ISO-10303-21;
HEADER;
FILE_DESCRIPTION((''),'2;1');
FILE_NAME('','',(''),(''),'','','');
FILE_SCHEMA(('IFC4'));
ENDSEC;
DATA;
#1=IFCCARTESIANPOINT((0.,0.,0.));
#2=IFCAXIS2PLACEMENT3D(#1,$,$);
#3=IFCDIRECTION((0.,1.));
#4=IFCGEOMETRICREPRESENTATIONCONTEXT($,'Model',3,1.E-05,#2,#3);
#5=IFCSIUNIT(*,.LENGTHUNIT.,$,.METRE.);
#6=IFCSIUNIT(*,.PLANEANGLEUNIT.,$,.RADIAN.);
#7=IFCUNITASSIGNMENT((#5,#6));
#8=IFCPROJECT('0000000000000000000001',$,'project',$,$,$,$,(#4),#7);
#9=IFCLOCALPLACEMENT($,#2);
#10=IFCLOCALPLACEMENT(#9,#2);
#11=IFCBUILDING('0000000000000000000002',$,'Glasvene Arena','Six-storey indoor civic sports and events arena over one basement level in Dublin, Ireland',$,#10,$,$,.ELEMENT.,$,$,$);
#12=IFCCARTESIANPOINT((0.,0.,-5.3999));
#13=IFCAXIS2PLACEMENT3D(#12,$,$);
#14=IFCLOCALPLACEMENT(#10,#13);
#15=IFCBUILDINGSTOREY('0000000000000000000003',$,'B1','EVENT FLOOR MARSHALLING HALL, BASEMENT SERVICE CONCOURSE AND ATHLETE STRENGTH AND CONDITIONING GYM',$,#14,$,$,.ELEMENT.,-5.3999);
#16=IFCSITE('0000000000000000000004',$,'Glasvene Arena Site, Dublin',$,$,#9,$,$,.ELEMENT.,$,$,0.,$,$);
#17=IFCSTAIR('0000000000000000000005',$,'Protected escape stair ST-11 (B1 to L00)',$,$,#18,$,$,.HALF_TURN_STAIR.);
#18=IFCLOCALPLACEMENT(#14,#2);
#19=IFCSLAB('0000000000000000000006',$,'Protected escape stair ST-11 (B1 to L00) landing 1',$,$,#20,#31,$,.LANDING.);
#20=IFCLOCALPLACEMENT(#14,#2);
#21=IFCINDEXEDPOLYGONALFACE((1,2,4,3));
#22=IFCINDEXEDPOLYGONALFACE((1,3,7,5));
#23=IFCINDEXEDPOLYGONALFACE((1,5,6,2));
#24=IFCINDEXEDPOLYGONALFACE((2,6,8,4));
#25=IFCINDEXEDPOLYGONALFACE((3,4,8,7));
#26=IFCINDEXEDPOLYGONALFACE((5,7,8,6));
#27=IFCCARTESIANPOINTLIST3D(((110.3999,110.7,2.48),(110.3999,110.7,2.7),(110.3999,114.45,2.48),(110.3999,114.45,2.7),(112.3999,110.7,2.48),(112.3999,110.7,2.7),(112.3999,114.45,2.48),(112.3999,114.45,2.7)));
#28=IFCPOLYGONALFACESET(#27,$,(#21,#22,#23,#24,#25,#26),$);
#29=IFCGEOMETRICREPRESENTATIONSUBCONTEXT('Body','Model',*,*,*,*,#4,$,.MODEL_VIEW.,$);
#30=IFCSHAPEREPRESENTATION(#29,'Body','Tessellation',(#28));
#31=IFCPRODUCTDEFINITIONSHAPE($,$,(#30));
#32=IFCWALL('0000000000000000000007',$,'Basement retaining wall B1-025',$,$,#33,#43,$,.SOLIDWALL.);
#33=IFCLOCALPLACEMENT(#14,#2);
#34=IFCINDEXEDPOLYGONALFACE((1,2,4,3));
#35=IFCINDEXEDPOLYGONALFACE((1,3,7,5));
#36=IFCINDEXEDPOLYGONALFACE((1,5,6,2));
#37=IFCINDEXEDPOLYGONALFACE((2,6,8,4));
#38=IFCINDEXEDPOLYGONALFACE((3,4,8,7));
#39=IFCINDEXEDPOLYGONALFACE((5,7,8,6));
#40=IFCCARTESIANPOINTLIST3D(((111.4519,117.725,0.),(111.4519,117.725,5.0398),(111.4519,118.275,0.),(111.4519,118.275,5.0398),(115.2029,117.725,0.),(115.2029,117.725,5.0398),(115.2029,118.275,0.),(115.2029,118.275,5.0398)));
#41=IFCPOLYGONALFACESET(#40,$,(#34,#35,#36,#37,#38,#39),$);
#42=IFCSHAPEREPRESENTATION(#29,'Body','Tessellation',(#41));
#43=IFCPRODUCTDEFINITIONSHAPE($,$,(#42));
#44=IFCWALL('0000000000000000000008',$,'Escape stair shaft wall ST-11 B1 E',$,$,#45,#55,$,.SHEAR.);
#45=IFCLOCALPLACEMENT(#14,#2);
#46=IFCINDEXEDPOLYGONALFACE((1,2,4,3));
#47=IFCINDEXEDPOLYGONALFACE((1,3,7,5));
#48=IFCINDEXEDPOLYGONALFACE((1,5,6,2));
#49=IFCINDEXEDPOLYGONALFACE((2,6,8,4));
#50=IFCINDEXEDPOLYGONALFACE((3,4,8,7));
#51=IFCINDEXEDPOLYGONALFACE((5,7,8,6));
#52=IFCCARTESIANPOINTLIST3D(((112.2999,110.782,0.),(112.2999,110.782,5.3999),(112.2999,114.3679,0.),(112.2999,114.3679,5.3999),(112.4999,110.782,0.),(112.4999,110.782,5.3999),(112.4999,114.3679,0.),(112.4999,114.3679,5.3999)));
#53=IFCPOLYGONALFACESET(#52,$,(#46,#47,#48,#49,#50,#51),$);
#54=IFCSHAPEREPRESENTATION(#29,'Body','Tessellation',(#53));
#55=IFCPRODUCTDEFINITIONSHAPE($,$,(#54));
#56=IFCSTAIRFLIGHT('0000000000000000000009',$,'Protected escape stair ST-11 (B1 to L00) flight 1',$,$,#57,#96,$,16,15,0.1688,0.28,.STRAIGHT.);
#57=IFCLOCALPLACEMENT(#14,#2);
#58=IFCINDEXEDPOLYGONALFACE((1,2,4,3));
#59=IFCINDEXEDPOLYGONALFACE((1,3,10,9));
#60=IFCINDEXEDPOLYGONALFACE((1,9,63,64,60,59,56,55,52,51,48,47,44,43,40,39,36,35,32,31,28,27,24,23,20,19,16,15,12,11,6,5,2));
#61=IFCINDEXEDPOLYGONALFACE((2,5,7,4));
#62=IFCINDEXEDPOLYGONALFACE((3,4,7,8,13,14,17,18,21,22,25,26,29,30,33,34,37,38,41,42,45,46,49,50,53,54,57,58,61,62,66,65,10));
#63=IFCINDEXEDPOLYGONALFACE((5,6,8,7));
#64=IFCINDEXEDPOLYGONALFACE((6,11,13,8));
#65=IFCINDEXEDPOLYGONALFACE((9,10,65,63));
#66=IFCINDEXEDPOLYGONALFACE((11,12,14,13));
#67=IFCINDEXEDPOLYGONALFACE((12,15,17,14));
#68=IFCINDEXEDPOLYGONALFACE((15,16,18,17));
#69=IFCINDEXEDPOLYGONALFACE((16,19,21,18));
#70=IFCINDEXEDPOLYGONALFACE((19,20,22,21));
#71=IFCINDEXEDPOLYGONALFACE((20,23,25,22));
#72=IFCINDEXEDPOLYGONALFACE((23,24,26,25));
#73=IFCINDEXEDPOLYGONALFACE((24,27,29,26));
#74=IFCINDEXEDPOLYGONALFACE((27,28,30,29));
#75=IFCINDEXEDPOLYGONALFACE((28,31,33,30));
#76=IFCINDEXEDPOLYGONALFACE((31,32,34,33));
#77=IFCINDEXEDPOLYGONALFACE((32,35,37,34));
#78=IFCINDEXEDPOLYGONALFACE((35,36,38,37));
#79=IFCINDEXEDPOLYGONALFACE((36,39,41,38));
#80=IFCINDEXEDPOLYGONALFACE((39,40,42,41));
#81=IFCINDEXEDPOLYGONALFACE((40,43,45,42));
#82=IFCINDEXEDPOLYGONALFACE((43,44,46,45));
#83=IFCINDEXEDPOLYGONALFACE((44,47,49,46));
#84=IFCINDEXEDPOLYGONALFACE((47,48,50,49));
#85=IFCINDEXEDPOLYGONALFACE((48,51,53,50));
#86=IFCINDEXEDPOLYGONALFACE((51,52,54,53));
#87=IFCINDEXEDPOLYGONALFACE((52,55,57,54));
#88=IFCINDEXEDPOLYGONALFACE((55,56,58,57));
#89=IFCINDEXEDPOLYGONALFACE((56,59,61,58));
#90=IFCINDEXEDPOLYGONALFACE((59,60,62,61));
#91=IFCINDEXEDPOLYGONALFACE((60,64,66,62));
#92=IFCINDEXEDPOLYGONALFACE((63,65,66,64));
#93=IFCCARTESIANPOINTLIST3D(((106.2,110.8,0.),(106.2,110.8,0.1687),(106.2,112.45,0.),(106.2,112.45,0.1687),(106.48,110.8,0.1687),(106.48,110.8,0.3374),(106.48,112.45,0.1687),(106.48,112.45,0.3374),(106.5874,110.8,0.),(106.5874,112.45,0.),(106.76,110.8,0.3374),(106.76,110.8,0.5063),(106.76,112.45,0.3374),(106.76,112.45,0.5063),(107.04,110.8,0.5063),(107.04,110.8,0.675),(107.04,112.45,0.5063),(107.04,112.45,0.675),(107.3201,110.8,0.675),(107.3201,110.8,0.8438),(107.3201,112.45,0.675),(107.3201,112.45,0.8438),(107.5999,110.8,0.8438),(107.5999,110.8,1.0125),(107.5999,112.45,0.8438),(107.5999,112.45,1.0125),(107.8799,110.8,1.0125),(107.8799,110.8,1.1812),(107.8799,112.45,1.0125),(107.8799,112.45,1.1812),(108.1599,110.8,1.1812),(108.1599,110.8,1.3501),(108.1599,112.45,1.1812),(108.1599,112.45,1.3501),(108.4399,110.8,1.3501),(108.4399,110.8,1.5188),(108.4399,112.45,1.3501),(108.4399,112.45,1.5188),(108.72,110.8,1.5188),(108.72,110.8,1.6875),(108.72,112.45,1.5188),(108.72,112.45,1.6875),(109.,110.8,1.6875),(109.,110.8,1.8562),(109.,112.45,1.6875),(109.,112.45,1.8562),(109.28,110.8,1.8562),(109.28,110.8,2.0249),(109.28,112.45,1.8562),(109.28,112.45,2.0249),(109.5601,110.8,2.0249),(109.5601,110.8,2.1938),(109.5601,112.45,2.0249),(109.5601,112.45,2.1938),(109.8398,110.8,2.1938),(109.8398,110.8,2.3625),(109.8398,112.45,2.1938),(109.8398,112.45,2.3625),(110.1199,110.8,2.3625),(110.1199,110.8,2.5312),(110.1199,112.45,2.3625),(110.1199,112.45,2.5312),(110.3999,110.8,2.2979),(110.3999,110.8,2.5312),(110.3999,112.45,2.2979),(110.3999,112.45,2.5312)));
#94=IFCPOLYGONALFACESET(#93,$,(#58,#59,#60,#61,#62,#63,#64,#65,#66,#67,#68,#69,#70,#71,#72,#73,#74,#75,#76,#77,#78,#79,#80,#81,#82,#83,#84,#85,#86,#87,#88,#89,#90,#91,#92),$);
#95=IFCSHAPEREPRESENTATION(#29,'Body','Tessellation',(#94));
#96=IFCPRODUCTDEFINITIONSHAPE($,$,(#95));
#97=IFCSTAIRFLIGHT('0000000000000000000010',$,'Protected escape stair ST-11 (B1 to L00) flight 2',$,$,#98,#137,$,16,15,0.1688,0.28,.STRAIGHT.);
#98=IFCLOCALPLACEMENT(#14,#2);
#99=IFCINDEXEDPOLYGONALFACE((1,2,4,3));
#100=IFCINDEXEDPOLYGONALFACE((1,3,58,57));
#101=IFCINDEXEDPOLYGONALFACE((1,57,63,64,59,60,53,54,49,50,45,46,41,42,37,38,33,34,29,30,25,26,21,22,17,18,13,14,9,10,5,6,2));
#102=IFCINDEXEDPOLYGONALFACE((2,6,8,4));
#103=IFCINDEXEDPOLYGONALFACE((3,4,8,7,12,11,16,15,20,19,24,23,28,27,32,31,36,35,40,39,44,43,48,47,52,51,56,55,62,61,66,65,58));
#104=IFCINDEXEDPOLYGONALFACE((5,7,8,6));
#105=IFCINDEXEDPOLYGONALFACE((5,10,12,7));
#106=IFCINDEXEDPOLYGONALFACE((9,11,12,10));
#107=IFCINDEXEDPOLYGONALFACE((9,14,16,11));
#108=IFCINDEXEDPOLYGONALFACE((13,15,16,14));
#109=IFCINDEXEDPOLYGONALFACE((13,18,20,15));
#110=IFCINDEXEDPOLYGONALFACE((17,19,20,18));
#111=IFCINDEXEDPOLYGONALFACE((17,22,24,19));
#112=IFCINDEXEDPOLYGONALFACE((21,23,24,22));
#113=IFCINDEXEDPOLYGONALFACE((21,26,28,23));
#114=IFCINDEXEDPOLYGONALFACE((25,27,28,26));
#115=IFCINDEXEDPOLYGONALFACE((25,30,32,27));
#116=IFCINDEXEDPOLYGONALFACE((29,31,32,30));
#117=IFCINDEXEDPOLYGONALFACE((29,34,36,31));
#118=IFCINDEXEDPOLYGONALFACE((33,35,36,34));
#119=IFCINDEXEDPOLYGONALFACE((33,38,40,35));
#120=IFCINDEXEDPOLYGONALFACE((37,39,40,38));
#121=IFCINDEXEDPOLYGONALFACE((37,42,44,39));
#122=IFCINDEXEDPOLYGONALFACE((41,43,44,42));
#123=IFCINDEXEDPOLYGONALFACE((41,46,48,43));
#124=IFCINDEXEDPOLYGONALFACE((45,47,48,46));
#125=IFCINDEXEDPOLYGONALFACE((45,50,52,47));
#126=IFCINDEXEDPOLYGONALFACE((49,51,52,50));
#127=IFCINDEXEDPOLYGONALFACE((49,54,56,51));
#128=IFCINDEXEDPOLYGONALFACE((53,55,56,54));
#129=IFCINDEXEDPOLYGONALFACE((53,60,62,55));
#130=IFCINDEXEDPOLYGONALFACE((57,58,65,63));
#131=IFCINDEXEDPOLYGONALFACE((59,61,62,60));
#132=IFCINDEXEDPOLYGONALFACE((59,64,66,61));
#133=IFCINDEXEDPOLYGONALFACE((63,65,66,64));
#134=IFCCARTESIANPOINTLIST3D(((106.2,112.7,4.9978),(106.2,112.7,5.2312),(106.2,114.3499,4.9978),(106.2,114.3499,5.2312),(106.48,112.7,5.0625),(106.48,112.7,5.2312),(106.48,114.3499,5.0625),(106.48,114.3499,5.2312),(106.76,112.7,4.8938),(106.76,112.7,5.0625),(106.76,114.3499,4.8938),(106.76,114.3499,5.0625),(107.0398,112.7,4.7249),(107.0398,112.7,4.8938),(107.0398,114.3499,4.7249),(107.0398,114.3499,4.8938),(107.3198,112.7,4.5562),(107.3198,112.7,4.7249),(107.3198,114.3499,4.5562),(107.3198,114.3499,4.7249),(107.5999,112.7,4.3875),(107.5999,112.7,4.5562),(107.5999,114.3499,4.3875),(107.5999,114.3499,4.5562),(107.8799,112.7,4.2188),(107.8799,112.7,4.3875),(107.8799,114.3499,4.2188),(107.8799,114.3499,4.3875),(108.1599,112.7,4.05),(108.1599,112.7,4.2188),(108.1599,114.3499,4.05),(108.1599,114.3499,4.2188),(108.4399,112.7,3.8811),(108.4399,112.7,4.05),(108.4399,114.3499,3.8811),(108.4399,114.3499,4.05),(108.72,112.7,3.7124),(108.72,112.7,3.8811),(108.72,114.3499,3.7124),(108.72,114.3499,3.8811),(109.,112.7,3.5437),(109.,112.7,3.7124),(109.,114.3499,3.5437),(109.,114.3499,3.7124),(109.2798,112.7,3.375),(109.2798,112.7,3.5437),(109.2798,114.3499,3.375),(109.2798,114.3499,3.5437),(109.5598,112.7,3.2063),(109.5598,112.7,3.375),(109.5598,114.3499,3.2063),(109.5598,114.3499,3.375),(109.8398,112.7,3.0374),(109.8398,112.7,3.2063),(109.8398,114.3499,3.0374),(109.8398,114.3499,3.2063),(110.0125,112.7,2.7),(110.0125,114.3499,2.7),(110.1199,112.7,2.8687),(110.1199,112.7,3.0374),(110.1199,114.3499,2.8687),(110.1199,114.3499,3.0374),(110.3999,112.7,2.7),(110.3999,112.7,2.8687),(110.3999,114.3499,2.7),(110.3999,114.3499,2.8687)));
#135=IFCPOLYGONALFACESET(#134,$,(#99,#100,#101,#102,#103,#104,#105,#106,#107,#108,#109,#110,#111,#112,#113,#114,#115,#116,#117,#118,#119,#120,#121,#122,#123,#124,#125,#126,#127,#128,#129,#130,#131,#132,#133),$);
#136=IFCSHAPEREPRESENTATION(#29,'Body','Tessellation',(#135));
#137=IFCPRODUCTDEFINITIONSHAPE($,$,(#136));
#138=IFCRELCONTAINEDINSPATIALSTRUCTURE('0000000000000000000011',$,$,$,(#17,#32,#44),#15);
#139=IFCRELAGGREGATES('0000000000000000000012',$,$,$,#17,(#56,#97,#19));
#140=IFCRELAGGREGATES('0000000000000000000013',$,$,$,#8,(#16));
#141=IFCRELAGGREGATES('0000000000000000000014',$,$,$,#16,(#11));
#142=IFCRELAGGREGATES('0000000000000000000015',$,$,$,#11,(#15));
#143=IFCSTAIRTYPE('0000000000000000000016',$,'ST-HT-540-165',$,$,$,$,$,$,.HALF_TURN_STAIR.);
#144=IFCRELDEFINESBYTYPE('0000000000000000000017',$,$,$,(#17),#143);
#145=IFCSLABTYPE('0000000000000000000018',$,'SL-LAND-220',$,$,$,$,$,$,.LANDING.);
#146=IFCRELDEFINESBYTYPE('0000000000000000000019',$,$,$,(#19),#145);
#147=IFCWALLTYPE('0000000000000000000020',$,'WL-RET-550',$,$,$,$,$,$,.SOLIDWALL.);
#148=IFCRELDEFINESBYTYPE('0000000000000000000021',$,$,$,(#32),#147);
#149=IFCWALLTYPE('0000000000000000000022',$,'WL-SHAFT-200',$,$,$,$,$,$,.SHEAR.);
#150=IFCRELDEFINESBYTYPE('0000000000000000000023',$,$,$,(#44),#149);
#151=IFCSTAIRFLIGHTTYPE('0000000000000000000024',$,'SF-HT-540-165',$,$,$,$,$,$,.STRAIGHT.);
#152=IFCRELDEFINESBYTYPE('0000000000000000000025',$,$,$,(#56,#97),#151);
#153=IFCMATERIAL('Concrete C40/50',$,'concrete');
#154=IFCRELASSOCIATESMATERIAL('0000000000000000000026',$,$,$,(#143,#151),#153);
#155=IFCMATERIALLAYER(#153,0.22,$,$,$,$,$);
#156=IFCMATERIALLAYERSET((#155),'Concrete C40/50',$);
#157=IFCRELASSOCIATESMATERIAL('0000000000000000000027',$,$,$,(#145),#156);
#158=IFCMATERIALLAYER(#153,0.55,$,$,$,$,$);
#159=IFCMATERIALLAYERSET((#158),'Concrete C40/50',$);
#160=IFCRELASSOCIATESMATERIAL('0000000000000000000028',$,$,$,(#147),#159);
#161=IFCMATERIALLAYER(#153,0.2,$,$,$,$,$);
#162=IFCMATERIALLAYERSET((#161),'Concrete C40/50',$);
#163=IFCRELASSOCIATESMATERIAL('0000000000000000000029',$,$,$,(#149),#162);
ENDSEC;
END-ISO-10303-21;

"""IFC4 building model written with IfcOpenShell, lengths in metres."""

from ifc_helpers import new_model, si_unit, direction, frame, frame_2d, origin, place, context, subcontext, project, spatial, polyline, rectangle, outline, extrude, material, layer, layer_set, type_object, element, aggregate, save


model = new_model("IFC4")

# Units and contexts
model_context = context("Model", 3, precision=1e-05, world=origin(), true_north=direction((0.0, 1.0)))
body_context = subcontext(model_context, "Body", "Model", "MODEL_VIEW")
ifc_project = project(units=[si_unit("LENGTHUNIT", "METRE"), si_unit("PLANEANGLEUNIT", "RADIAN")], contexts=[model_context])

# Site, building, storey
site_placement = place(None, origin())
site = spatial("IfcSite", under=ifc_project, at=site_placement, Name="Glasvene Arena Site, Dublin", CompositionType="ELEMENT", RefElevation=0.0)
building_placement = place(site_placement, origin())
building = spatial("IfcBuilding", under=site, at=building_placement, Name="Glasvene Arena", Description="Six-storey indoor civic sports and events arena over one basement level in Dublin, Ireland", CompositionType="ELEMENT")
storey_placement = place(building_placement, frame((0.0, 0.0, -5.3999)))
storey = spatial("IfcBuildingStorey", under=building, at=storey_placement, Name="B1", Description="EVENT FLOOR MARSHALLING HALL, BASEMENT SERVICE CONCOURSE AND ATHLETE STRENGTH AND CONDITIONING GYM", CompositionType="ELEMENT", Elevation=-5.3999)

# Shared definitions
ifc_material_1 = material(Name="Concrete C40/50", Category="concrete")

# Stair, slab
stair_type = type_object("IfcStairType", Name="ST-HT-540-165", PredefinedType="HALF_TURN_STAIR", material=ifc_material_1)
stair_placement = place(storey_placement, origin())
stair = element("IfcStair", 1, at=stair_placement, inside=storey, type_object=stair_type, Name="Protected escape stair ST-11 (B1 to L00)", PredefinedType="HALF_TURN_STAIR")
ifc_layer_1 = layer(ifc_material_1, 0.22)
ifc_layer_set_1 = layer_set([ifc_layer_1], Name="Concrete C40/50")
slab_type = type_object("IfcSlabType", Name="SL-LAND-220", PredefinedType="LANDING", material=ifc_layer_set_1)
slab_placement = place(storey_placement, frame((111.3999, 112.575, 2.48)))
slab = element("IfcSlab", 2, at=slab_placement, type_object=slab_type, Name="Protected escape stair ST-11 (B1 to L00) landing 1", PredefinedType="LANDING", context=body_context, shape_type="SweptSolid", body=[
    extrude(outline(polyline([(-1.0, -1.875), (1.0, -1.875), (1.0, 1.875), (-1.0, 1.875), (-1.0, -1.875)])), origin(), (0.0, 0.0, 1.0), 0.22),
])

# Walls
ifc_layer_2 = layer(ifc_material_1, 0.55)
ifc_layer_set_2 = layer_set([ifc_layer_2], Name="Concrete C40/50")
wall_type_1 = type_object("IfcWallType", Name="WL-RET-550", PredefinedType="SOLIDWALL", material=ifc_layer_set_2)
wall_1_placement = place(storey_placement, frame((111.4519, 118.0, 0.0), z_axis=(0.0, 0.0, 1.0), x_axis=(1.0, 0.0, 0.0)))
element("IfcWall", 3, at=wall_1_placement, inside=storey, type_object=wall_type_1, Name="Basement retaining wall B1-025", PredefinedType="SOLIDWALL", context=body_context, shape_type="SweptSolid", body=[
    extrude(rectangle(XDim=3.751, YDim=0.55, at=frame_2d((1.8755, 0.0))), origin(), (0.0, 0.0, 1.0), 5.0398),
])
ifc_layer_3 = layer(ifc_material_1, 0.2)
ifc_layer_set_3 = layer_set([ifc_layer_3], Name="Concrete C40/50")
wall_type_2 = type_object("IfcWallType", Name="WL-SHAFT-200", PredefinedType="SHEAR", material=ifc_layer_set_3)
wall_2_placement = place(storey_placement, frame((112.3999, 110.782, 0.0), z_axis=(0.0, 0.0, 1.0), x_axis=(0.0, 1.0, 0.0)))
element("IfcWall", 4, at=wall_2_placement, inside=storey, type_object=wall_type_2, Name="Escape stair shaft wall ST-11 B1 E", PredefinedType="SHEAR", context=body_context, shape_type="SweptSolid", body=[
    extrude(rectangle(XDim=3.5859, YDim=0.2, at=frame_2d((1.793, 0.0))), origin(), (0.0, 0.0, 1.0), 5.3999),
])

# Stair flights
stair_flight_type = type_object("IfcStairFlightType", Name="SF-HT-540-165", PredefinedType="STRAIGHT", material=ifc_material_1)
stair_flight_1_placement = place(storey_placement, frame((106.2, 111.625, 0.0), z_axis=(0.0, 0.0, 1.0), x_axis=(1.0, 0.0, 0.0)))
stair_flight_1 = element("IfcStairFlight", 5, at=stair_flight_1_placement, type_object=stair_flight_type, Name="Protected escape stair ST-11 (B1 to L00) flight 1", NumberOfRisers=16, NumberOfTreads=15, PredefinedType="STRAIGHT", RiserHeight=0.1688, TreadLength=0.28, context=body_context, shape_type="SweptSolid", body=[
    extrude(outline(polyline([(0.0, 0.0), (0.0, 0.1687), (0.28, 0.1687), (0.28, 0.3374), (0.5601, 0.3374), (0.5601, 0.5063), (0.8401, 0.5063), (0.8401, 0.675), (1.1201, 0.675), (1.1201, 0.8438), (1.3999, 0.8438), (1.3999, 1.0125), (1.6799, 1.0125), (1.6799, 1.1812), (1.96, 1.1812), (1.96, 1.3501), (2.24, 1.3501), (2.24, 1.5188), (2.52, 1.5188), (2.52, 1.6875), (2.8, 1.6875), (2.8, 1.8562), (3.0801, 1.8562), (3.0801, 2.0249), (3.3601, 2.0249), (3.3601, 2.1938), (3.6399, 2.1938), (3.6399, 2.3625), (3.9199, 2.3625), (3.9199, 2.5312), (4.2, 2.5312), (4.2, 2.7), (4.2, 2.2979), (0.3875, 0.0), (0.0, 0.0)])), frame((0.0, 0.825, 0.0), z_axis=(0.0, -1.0, 0.0), x_axis=(1.0, 0.0, 0.0)), (0.0, 0.0, 1.0), 1.6499),
])
stair_flight_2_placement = place(storey_placement, frame((110.3999, 113.5249, 2.7), z_axis=(0.0, 0.0, 1.0), x_axis=(-1.0, 0.0, 0.0)))
stair_flight_2 = element("IfcStairFlight", 6, at=stair_flight_2_placement, type_object=stair_flight_type, Name="Protected escape stair ST-11 (B1 to L00) flight 2", NumberOfRisers=16, NumberOfTreads=15, PredefinedType="STRAIGHT", RiserHeight=0.1688, TreadLength=0.28, context=body_context, shape_type="SweptSolid", body=[
    extrude(outline(polyline([(0.0, 0.0), (0.0, 0.1687), (0.28, 0.1687), (0.28, 0.3374), (0.5601, 0.3374), (0.5601, 0.5063), (0.8401, 0.5063), (0.8401, 0.675), (1.1201, 0.675), (1.1201, 0.8438), (1.3999, 0.8438), (1.3999, 1.0125), (1.6799, 1.0125), (1.6799, 1.1812), (1.96, 1.1812), (1.96, 1.3501), (2.24, 1.3501), (2.24, 1.5188), (2.52, 1.5188), (2.52, 1.6875), (2.8, 1.6875), (2.8, 1.8562), (3.0801, 1.8562), (3.0801, 2.0249), (3.3601, 2.0249), (3.3601, 2.1938), (3.6399, 2.1938), (3.6399, 2.3625), (3.9199, 2.3625), (3.9199, 2.5312), (4.2, 2.5312), (4.2, 2.7), (4.2, 2.2979), (0.3875, 0.0), (0.0, 0.0)])), frame((0.0, 0.825, 0.0), z_axis=(0.0, -1.0, 0.0), x_axis=(1.0, 0.0, 0.0)), (0.0, 0.0, 1.0), 1.6499),
])
aggregate(stair, [stair_flight_1, stair_flight_2, slab])

save(model, "model.ifc")
